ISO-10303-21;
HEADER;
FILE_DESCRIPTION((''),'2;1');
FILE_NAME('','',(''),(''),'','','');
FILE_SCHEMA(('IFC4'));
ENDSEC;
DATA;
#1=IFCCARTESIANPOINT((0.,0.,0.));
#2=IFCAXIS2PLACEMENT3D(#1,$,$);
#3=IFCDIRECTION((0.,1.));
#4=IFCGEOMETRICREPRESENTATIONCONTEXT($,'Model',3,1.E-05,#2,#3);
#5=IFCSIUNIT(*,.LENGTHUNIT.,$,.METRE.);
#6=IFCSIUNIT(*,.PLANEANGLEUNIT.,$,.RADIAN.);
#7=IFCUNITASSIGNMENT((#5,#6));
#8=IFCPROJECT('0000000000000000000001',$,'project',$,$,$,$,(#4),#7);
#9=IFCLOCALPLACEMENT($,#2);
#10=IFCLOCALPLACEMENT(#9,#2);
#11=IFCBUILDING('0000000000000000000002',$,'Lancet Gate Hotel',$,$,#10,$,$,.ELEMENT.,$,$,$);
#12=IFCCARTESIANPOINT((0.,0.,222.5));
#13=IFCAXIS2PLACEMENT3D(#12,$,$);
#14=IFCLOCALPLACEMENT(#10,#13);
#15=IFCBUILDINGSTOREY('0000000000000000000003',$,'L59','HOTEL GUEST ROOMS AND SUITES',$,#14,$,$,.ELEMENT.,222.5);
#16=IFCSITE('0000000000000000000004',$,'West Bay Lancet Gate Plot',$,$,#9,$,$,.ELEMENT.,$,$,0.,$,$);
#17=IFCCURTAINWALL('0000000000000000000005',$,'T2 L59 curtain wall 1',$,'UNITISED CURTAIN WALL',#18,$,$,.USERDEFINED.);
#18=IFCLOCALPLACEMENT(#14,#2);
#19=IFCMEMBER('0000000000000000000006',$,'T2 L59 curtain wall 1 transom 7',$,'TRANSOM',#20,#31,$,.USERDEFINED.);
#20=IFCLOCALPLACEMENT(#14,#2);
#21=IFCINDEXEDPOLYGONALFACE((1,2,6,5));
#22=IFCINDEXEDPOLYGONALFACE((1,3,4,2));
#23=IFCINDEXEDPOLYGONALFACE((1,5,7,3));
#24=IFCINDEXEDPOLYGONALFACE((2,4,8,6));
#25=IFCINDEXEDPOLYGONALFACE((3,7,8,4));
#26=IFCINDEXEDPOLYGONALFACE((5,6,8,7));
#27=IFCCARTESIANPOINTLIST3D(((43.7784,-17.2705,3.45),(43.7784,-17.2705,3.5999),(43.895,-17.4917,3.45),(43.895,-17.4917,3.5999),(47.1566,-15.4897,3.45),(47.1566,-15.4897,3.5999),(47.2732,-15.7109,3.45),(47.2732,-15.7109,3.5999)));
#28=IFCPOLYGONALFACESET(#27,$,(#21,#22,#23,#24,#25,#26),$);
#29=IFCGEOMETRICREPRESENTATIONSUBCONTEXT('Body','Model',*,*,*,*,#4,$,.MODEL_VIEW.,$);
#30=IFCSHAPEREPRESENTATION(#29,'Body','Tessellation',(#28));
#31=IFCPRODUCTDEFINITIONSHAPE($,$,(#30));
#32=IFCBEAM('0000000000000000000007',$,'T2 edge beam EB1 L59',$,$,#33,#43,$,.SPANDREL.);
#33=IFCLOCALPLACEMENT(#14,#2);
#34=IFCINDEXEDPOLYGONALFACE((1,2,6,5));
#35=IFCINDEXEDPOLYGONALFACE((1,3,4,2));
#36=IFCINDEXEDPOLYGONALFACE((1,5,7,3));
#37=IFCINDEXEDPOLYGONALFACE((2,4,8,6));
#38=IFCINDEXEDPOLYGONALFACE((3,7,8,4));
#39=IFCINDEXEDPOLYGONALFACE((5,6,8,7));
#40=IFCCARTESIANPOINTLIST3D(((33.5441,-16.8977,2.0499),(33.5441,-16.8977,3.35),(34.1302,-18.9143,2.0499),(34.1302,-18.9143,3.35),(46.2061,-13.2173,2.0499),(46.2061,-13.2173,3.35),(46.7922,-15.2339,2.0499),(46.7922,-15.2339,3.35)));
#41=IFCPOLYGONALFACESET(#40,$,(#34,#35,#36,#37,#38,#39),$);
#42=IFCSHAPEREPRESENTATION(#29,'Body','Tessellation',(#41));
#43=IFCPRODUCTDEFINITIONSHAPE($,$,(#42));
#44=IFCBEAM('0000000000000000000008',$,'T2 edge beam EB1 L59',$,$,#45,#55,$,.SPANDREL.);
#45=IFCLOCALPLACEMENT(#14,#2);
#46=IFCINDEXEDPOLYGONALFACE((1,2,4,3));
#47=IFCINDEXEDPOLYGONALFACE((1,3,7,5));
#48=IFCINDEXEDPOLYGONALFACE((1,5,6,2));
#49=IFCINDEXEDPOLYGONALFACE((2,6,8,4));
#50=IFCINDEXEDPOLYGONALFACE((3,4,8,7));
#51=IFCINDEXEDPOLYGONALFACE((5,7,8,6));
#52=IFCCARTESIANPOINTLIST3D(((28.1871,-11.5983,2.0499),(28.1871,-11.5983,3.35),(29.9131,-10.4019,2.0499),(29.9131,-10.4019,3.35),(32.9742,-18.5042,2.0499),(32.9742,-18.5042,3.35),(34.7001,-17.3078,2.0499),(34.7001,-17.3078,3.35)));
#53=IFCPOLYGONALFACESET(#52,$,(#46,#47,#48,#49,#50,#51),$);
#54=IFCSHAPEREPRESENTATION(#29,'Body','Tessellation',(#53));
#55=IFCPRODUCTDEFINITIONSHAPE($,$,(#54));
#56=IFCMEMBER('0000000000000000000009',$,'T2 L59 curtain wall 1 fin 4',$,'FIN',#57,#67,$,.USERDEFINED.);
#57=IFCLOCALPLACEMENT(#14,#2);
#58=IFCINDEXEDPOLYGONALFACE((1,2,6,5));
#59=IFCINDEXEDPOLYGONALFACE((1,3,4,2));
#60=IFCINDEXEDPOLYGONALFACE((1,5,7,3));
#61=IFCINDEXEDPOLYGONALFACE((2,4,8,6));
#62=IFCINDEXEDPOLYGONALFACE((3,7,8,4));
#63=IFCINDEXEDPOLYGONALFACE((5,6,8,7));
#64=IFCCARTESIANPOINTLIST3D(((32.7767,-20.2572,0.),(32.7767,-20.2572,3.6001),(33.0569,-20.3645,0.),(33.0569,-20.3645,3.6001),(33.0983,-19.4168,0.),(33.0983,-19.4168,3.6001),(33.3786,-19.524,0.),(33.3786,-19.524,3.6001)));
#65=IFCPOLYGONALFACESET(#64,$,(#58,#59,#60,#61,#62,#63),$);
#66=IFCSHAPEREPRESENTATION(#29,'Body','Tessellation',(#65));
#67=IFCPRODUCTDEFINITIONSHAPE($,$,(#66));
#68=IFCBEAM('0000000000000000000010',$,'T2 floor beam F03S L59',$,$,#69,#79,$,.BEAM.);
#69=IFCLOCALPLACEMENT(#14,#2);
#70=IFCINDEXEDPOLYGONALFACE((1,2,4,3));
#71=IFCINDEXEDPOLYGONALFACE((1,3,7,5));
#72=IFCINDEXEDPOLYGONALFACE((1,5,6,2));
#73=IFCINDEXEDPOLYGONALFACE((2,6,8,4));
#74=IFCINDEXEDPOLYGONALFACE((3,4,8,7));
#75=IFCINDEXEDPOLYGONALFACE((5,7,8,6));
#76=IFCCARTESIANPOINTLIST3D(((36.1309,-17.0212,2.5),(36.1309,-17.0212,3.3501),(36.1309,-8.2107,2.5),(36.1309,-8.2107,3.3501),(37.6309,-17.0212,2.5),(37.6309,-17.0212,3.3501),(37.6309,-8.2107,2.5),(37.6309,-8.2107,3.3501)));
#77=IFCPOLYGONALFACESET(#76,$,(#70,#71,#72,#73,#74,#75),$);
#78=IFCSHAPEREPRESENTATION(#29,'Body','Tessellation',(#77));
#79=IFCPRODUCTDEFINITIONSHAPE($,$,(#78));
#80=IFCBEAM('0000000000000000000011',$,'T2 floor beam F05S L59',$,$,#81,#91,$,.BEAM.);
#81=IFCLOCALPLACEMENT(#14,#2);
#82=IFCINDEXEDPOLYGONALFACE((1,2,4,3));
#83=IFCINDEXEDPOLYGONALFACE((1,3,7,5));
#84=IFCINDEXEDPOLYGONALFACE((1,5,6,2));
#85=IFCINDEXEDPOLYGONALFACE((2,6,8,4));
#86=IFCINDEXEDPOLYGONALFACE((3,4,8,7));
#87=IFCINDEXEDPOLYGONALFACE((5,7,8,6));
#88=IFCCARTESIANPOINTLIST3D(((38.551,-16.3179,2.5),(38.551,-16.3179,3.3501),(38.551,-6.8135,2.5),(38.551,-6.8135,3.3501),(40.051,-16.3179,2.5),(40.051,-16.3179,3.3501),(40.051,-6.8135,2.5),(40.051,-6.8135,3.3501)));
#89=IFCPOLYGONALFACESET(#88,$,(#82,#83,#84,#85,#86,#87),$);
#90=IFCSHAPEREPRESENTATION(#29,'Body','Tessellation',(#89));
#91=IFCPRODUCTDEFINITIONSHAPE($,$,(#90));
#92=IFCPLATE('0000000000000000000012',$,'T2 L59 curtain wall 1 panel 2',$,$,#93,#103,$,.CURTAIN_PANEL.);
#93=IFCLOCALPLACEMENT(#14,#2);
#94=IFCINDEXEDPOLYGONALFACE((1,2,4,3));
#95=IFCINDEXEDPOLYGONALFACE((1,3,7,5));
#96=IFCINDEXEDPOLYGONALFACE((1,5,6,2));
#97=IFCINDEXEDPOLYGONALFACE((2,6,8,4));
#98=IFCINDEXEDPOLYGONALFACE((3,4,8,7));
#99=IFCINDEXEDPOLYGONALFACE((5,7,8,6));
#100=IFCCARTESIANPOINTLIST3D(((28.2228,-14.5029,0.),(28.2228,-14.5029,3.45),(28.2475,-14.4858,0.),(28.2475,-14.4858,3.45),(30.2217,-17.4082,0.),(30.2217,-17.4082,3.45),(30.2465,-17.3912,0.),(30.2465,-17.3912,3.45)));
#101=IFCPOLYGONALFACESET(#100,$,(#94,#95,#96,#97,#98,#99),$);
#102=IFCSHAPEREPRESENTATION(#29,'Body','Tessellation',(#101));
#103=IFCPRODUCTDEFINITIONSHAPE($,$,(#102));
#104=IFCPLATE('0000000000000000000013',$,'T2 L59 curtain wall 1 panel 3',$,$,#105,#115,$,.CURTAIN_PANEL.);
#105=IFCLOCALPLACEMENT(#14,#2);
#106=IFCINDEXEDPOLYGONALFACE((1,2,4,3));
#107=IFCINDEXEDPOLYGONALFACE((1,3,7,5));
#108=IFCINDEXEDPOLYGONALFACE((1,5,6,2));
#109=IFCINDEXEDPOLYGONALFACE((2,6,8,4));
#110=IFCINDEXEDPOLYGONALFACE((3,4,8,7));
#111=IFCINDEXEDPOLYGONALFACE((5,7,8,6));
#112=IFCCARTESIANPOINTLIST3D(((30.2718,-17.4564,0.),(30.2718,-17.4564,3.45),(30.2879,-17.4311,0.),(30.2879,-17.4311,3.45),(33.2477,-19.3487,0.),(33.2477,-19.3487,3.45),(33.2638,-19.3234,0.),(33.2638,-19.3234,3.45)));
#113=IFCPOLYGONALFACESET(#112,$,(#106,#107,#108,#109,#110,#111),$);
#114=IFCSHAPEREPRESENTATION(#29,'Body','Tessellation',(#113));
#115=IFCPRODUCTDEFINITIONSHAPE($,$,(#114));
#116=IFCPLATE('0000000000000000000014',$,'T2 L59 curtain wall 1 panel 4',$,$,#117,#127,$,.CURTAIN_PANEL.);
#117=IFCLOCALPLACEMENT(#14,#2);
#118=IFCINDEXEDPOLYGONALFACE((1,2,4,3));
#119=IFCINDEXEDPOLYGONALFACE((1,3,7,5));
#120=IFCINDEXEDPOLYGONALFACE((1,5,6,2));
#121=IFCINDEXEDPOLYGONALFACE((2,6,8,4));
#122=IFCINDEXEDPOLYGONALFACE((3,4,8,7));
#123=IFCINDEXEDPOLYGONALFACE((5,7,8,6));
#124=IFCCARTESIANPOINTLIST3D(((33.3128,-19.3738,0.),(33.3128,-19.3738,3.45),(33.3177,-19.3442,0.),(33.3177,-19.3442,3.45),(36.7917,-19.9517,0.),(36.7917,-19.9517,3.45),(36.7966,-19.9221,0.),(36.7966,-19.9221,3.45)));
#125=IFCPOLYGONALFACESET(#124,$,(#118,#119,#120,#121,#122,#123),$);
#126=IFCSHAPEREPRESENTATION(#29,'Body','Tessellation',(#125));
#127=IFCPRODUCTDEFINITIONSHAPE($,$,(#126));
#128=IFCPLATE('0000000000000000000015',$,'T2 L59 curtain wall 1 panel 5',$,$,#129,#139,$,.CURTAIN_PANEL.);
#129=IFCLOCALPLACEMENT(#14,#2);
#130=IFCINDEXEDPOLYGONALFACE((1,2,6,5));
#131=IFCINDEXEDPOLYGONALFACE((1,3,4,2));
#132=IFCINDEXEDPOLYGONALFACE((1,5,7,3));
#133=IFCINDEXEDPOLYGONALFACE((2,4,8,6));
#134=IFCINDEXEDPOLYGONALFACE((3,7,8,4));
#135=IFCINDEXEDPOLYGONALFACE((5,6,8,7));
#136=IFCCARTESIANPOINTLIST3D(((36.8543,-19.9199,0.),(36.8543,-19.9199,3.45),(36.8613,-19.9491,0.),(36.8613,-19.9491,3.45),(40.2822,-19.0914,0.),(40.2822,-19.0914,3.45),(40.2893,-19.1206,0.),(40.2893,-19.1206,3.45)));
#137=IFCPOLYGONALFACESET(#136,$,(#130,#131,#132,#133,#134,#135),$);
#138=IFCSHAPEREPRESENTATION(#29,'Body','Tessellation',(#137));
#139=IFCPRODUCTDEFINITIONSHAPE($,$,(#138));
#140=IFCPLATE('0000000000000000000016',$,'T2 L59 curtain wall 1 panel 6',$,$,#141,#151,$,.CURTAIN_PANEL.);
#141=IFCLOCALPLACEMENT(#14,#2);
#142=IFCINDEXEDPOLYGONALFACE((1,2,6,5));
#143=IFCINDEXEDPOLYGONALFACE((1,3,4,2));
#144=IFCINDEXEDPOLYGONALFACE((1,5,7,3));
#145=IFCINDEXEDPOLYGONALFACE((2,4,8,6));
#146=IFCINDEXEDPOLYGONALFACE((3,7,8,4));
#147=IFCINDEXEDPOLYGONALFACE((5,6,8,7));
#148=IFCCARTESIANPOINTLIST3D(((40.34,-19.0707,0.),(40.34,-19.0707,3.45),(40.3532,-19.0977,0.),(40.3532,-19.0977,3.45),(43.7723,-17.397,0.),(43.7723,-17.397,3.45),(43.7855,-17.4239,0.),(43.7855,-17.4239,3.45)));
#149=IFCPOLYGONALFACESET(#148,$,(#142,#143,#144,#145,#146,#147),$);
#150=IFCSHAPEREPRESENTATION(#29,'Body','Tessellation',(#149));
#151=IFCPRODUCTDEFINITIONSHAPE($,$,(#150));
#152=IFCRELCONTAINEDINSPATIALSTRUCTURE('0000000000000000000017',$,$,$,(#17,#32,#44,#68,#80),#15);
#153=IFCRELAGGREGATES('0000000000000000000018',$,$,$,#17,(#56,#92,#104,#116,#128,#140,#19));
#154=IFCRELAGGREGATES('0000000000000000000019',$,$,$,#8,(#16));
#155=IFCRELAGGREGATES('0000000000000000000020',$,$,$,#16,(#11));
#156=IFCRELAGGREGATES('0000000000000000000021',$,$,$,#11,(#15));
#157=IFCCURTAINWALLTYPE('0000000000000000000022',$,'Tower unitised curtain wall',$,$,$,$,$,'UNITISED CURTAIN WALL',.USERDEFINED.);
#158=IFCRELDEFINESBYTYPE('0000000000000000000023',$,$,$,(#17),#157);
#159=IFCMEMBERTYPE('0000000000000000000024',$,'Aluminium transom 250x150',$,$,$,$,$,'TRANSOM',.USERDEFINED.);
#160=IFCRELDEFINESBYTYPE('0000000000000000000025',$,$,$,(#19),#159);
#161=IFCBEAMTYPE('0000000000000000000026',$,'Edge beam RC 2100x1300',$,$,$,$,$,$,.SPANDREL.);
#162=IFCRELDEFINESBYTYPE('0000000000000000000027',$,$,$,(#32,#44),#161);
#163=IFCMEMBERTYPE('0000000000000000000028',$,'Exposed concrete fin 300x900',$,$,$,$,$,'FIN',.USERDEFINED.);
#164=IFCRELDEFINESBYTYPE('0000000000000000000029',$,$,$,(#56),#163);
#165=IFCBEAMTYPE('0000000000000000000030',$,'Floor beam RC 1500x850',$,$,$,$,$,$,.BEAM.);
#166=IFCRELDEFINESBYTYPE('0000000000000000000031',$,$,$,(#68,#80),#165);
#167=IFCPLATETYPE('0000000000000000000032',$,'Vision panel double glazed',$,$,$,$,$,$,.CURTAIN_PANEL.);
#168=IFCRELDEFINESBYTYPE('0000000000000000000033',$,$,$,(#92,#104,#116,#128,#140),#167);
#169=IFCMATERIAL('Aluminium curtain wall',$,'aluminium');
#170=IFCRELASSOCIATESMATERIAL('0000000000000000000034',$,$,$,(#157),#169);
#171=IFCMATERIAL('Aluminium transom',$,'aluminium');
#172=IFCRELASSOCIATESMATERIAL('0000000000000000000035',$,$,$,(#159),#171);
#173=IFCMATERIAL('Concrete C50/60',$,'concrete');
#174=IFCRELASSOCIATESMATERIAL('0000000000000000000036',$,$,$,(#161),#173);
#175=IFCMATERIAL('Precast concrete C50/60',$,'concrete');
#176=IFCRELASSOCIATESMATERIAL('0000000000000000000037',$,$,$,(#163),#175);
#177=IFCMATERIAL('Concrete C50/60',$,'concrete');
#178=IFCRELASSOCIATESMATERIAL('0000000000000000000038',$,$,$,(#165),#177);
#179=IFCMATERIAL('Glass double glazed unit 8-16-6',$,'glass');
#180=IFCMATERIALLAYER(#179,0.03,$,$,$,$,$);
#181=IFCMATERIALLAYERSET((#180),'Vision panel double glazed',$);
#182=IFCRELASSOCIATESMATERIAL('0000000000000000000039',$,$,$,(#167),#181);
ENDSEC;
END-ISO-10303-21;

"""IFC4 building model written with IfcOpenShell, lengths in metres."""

from ifc_helpers import new_model, si_unit, direction, frame, origin, origin_2d, place, context, subcontext, project, spatial, rectangle, extrude, material, layer, layer_set, material_profile, profile_set, type_object, element, aggregate, save


model = new_model("IFC4")

# Units and contexts
model_context = context("Model", 3, precision=1e-05, world=origin(), true_north=direction((0.0, 1.0)))
body_context = subcontext(model_context, "Body", "Model", "MODEL_VIEW")
ifc_project = project(units=[si_unit("LENGTHUNIT", "METRE"), si_unit("PLANEANGLEUNIT", "RADIAN")], contexts=[model_context])

# Site, building, storey
site_placement = place(None, origin())
site = spatial("IfcSite", under=ifc_project, at=site_placement, Name="West Bay Lancet Gate Plot", CompositionType="ELEMENT", RefElevation=0.0)
building_placement = place(site_placement, origin())
building = spatial("IfcBuilding", under=site, at=building_placement, Name="Lancet Gate Hotel", CompositionType="ELEMENT")
storey_placement = place(building_placement, frame((0.0, 0.0, 222.5)))
storey = spatial("IfcBuildingStorey", under=building, at=storey_placement, Name="L59", Description="HOTEL GUEST ROOMS AND SUITES", CompositionType="ELEMENT", Elevation=222.5)

# Curtain wall, member
ifc_material_1 = material(Name="Aluminium curtain wall", Category="aluminium")
curtain_wall_type = type_object("IfcCurtainWallType", Name="Tower unitised curtain wall", ElementType="UNITISED CURTAIN WALL", PredefinedType="USERDEFINED", material=ifc_material_1)
curtain_wall_placement = place(storey_placement, origin())
curtain_wall = element("IfcCurtainWall", 1, at=curtain_wall_placement, inside=storey, type_object=curtain_wall_type, Name="T2 L59 curtain wall 1", ObjectType="UNITISED CURTAIN WALL", PredefinedType="USERDEFINED")
ifc_material_2 = material(Name="Aluminium transom", Category="aluminium")
ifc_material_profile_1 = material_profile(ifc_material_2, rectangle(XDim=0.25, YDim=0.1499, at=origin_2d()), Name="TRANSOM 250x150")
ifc_profile_set_1 = profile_set([ifc_material_profile_1], Name="Aluminium transom")
member_type_1 = type_object("IfcMemberType", Name="Aluminium transom 250x150", ElementType="TRANSOM", PredefinedType="USERDEFINED", material=ifc_profile_set_1)
member_1_placement = place(storey_placement, frame((43.8367, -17.3811, 3.5249), z_axis=(0.884618, 0.466315, 0.0), x_axis=(-0.466315, 0.884618, 0.0)))
member_1 = element("IfcMember", 2, at=member_1_placement, type_object=member_type_1, Name="T2 L59 curtain wall 1 transom 7", ObjectType="TRANSOM", PredefinedType="USERDEFINED", context=body_context, shape_type="SweptSolid", body=[
    extrude(rectangle(XDim=0.25, YDim=0.1499, at=origin_2d()), origin(), (0.0, 0.0, 1.0), 3.8188),
])

# Beams
ifc_material_3 = material(Name="Concrete C50/60", Category="concrete")
ifc_material_profile_2 = material_profile(ifc_material_3, rectangle(XDim=2.1001, YDim=1.3, at=origin_2d()), Name="RC 2100x1300")
ifc_profile_set_2 = profile_set([ifc_material_profile_2], Name="Concrete C50/60")
beam_type_1 = type_object("IfcBeamType", Name="Edge beam RC 2100x1300", PredefinedType="SPANDREL", material=ifc_profile_set_2)
beam_1_placement = place(storey_placement, frame((33.8372, -17.906, 2.7), z_axis=(0.960258, 0.279113, 0.0), x_axis=(-0.279113, 0.960258, 0.0)))
element("IfcBeam", 3, at=beam_1_placement, inside=storey, type_object=beam_type_1, Name="T2 edge beam EB1 L59", PredefinedType="SPANDREL", context=body_context, shape_type="SweptSolid", body=[
    extrude(rectangle(XDim=2.1001, YDim=1.3, at=origin_2d()), origin(), (0.0, 0.0, 1.0), 13.186),
])
beam_2_placement = place(storey_placement, frame((33.8372, -17.906, 2.7), z_axis=(-0.569695, 0.821856, 0.0), x_axis=(-0.821856, -0.569695, 0.0)))
element("IfcBeam", 4, at=beam_2_placement, inside=storey, type_object=beam_type_1, Name="T2 edge beam EB1 L59", PredefinedType="SPANDREL", context=body_context, shape_type="SweptSolid", body=[
    extrude(rectangle(XDim=2.1001, YDim=1.3, at=origin_2d()), origin(), (0.0, 0.0, 1.0), 8.4028),
])

# Member
ifc_material_4 = material(Name="Precast concrete C50/60", Category="concrete")
ifc_material_profile_3 = material_profile(ifc_material_4, rectangle(XDim=0.3, YDim=0.8999, at=origin_2d()), Name="FIN 300x900")
ifc_profile_set_3 = profile_set([ifc_material_profile_3], Name="Precast concrete C50/60")
member_type_2 = type_object("IfcMemberType", Name="Exposed concrete fin 300x900", ElementType="FIN", PredefinedType="USERDEFINED", material=ifc_profile_set_3)
member_2_placement = place(storey_placement, frame((33.0776, -19.8906, 0.0), z_axis=(0.0, 0.0, 1.0), x_axis=(0.933943, -0.357421, 0.0)))
member_2 = element("IfcMember", 5, at=member_2_placement, type_object=member_type_2, Name="T2 L59 curtain wall 1 fin 4", ObjectType="FIN", PredefinedType="USERDEFINED", context=body_context, shape_type="SweptSolid", body=[
    extrude(rectangle(XDim=0.3, YDim=0.8999, at=origin_2d()), origin(), (0.0, 0.0, 1.0), 3.6001),
])

# Beams
ifc_material_5 = material(Name="Concrete C50/60", Category="concrete")
ifc_material_profile_4 = material_profile(ifc_material_5, rectangle(XDim=1.5, YDim=0.8501, at=origin_2d()), Name="RC 1500x850")
ifc_profile_set_4 = profile_set([ifc_material_profile_4], Name="Concrete C50/60")
beam_type_2 = type_object("IfcBeamType", Name="Floor beam RC 1500x850", PredefinedType="BEAM", material=ifc_profile_set_4)
beam_3_placement = place(storey_placement, frame((36.8809, -17.0212, 2.925), z_axis=(0.0, 1.0, 0.0), x_axis=(-1.0, 0.0, 0.0)))
element("IfcBeam", 6, at=beam_3_placement, inside=storey, type_object=beam_type_2, Name="T2 floor beam F03S L59", PredefinedType="BEAM", context=body_context, shape_type="SweptSolid", body=[
    extrude(rectangle(XDim=1.5, YDim=0.8501, at=origin_2d()), origin(), (0.0, 0.0, 1.0), 8.8105),
])
beam_4_placement = place(storey_placement, frame((39.301, -16.3179, 2.925), z_axis=(0.0, 1.0, 0.0), x_axis=(-1.0, 0.0, 0.0)))
element("IfcBeam", 7, at=beam_4_placement, inside=storey, type_object=beam_type_2, Name="T2 floor beam F05S L59", PredefinedType="BEAM", context=body_context, shape_type="SweptSolid", body=[
    extrude(rectangle(XDim=1.5, YDim=0.8501, at=origin_2d()), origin(), (0.0, 0.0, 1.0), 9.5044),
])

# Plates
ifc_material_6 = material(Name="Glass double glazed unit 8-16-6", Category="glass")
ifc_layer = layer(ifc_material_6, 0.03)
ifc_layer_set = layer_set([ifc_layer], Name="Vision panel double glazed")
plate_type = type_object("IfcPlateType", Name="Vision panel double glazed", PredefinedType="CURTAIN_PANEL", material=ifc_layer_set)
plate_1_placement = place(storey_placement, frame((29.2346, -15.947, 0.0), z_axis=(0.0, 0.0, 1.0), x_axis=(0.566824, -0.823839, 0.0)))
plate_1 = element("IfcPlate", 8, at=plate_1_placement, type_object=plate_type, Name="T2 L59 curtain wall 1 panel 2", PredefinedType="CURTAIN_PANEL", context=body_context, shape_type="SweptSolid", body=[
    extrude(rectangle(XDim=3.5266, YDim=0.03, at=origin_2d()), origin(), (0.0, 0.0, 1.0), 3.45),
])
plate_2_placement = place(storey_placement, frame((31.7678, -18.3899, 0.0), z_axis=(0.0, 0.0, 1.0), x_axis=(0.843845, -0.536587, 0.0)))
plate_2 = element("IfcPlate", 9, at=plate_2_placement, type_object=plate_type, Name="T2 L59 curtain wall 1 panel 3", PredefinedType="CURTAIN_PANEL", context=body_context, shape_type="SweptSolid", body=[
    extrude(rectangle(XDim=3.5266, YDim=0.03, at=origin_2d()), origin(), (0.0, 0.0, 1.0), 3.45),
])
plate_3_placement = place(storey_placement, frame((35.0547, -19.6479, 0.0), z_axis=(0.0, 0.0, 1.0), x_axis=(0.98648, -0.163881, 0.0)))
plate_3 = element("IfcPlate", 10, at=plate_3_placement, type_object=plate_type, Name="T2 L59 curtain wall 1 panel 4", PredefinedType="CURTAIN_PANEL", context=body_context, shape_type="SweptSolid", body=[
    extrude(rectangle(XDim=3.5266, YDim=0.03, at=origin_2d()), origin(), (0.0, 0.0, 1.0), 3.45),
])
plate_4_placement = place(storey_placement, frame((38.5718, -19.5203, 0.0), z_axis=(0.0, 0.0, 1.0), x_axis=(0.972014, 0.234924, 0.0)))
plate_4 = element("IfcPlate", 11, at=plate_4_placement, type_object=plate_type, Name="T2 L59 curtain wall 1 panel 5", PredefinedType="CURTAIN_PANEL", context=body_context, shape_type="SweptSolid", body=[
    extrude(rectangle(XDim=3.5266, YDim=0.03, at=origin_2d()), origin(), (0.0, 0.0, 1.0), 3.45),
])
plate_5_placement = place(storey_placement, frame((42.0627, -18.2473, 0.0), z_axis=(0.0, 0.0, 1.0), x_axis=(0.898823, 0.438311, 0.0)))
plate_5 = element("IfcPlate", 12, at=plate_5_placement, type_object=plate_type, Name="T2 L59 curtain wall 1 panel 6", PredefinedType="CURTAIN_PANEL", context=body_context, shape_type="SweptSolid", body=[
    extrude(rectangle(XDim=3.8186, YDim=0.03, at=origin_2d()), origin(), (0.0, 0.0, 1.0), 3.45),
])
aggregate(curtain_wall, [member_2, plate_1, plate_2, plate_3, plate_4, plate_5, member_1])

save(model, "model.ifc")
